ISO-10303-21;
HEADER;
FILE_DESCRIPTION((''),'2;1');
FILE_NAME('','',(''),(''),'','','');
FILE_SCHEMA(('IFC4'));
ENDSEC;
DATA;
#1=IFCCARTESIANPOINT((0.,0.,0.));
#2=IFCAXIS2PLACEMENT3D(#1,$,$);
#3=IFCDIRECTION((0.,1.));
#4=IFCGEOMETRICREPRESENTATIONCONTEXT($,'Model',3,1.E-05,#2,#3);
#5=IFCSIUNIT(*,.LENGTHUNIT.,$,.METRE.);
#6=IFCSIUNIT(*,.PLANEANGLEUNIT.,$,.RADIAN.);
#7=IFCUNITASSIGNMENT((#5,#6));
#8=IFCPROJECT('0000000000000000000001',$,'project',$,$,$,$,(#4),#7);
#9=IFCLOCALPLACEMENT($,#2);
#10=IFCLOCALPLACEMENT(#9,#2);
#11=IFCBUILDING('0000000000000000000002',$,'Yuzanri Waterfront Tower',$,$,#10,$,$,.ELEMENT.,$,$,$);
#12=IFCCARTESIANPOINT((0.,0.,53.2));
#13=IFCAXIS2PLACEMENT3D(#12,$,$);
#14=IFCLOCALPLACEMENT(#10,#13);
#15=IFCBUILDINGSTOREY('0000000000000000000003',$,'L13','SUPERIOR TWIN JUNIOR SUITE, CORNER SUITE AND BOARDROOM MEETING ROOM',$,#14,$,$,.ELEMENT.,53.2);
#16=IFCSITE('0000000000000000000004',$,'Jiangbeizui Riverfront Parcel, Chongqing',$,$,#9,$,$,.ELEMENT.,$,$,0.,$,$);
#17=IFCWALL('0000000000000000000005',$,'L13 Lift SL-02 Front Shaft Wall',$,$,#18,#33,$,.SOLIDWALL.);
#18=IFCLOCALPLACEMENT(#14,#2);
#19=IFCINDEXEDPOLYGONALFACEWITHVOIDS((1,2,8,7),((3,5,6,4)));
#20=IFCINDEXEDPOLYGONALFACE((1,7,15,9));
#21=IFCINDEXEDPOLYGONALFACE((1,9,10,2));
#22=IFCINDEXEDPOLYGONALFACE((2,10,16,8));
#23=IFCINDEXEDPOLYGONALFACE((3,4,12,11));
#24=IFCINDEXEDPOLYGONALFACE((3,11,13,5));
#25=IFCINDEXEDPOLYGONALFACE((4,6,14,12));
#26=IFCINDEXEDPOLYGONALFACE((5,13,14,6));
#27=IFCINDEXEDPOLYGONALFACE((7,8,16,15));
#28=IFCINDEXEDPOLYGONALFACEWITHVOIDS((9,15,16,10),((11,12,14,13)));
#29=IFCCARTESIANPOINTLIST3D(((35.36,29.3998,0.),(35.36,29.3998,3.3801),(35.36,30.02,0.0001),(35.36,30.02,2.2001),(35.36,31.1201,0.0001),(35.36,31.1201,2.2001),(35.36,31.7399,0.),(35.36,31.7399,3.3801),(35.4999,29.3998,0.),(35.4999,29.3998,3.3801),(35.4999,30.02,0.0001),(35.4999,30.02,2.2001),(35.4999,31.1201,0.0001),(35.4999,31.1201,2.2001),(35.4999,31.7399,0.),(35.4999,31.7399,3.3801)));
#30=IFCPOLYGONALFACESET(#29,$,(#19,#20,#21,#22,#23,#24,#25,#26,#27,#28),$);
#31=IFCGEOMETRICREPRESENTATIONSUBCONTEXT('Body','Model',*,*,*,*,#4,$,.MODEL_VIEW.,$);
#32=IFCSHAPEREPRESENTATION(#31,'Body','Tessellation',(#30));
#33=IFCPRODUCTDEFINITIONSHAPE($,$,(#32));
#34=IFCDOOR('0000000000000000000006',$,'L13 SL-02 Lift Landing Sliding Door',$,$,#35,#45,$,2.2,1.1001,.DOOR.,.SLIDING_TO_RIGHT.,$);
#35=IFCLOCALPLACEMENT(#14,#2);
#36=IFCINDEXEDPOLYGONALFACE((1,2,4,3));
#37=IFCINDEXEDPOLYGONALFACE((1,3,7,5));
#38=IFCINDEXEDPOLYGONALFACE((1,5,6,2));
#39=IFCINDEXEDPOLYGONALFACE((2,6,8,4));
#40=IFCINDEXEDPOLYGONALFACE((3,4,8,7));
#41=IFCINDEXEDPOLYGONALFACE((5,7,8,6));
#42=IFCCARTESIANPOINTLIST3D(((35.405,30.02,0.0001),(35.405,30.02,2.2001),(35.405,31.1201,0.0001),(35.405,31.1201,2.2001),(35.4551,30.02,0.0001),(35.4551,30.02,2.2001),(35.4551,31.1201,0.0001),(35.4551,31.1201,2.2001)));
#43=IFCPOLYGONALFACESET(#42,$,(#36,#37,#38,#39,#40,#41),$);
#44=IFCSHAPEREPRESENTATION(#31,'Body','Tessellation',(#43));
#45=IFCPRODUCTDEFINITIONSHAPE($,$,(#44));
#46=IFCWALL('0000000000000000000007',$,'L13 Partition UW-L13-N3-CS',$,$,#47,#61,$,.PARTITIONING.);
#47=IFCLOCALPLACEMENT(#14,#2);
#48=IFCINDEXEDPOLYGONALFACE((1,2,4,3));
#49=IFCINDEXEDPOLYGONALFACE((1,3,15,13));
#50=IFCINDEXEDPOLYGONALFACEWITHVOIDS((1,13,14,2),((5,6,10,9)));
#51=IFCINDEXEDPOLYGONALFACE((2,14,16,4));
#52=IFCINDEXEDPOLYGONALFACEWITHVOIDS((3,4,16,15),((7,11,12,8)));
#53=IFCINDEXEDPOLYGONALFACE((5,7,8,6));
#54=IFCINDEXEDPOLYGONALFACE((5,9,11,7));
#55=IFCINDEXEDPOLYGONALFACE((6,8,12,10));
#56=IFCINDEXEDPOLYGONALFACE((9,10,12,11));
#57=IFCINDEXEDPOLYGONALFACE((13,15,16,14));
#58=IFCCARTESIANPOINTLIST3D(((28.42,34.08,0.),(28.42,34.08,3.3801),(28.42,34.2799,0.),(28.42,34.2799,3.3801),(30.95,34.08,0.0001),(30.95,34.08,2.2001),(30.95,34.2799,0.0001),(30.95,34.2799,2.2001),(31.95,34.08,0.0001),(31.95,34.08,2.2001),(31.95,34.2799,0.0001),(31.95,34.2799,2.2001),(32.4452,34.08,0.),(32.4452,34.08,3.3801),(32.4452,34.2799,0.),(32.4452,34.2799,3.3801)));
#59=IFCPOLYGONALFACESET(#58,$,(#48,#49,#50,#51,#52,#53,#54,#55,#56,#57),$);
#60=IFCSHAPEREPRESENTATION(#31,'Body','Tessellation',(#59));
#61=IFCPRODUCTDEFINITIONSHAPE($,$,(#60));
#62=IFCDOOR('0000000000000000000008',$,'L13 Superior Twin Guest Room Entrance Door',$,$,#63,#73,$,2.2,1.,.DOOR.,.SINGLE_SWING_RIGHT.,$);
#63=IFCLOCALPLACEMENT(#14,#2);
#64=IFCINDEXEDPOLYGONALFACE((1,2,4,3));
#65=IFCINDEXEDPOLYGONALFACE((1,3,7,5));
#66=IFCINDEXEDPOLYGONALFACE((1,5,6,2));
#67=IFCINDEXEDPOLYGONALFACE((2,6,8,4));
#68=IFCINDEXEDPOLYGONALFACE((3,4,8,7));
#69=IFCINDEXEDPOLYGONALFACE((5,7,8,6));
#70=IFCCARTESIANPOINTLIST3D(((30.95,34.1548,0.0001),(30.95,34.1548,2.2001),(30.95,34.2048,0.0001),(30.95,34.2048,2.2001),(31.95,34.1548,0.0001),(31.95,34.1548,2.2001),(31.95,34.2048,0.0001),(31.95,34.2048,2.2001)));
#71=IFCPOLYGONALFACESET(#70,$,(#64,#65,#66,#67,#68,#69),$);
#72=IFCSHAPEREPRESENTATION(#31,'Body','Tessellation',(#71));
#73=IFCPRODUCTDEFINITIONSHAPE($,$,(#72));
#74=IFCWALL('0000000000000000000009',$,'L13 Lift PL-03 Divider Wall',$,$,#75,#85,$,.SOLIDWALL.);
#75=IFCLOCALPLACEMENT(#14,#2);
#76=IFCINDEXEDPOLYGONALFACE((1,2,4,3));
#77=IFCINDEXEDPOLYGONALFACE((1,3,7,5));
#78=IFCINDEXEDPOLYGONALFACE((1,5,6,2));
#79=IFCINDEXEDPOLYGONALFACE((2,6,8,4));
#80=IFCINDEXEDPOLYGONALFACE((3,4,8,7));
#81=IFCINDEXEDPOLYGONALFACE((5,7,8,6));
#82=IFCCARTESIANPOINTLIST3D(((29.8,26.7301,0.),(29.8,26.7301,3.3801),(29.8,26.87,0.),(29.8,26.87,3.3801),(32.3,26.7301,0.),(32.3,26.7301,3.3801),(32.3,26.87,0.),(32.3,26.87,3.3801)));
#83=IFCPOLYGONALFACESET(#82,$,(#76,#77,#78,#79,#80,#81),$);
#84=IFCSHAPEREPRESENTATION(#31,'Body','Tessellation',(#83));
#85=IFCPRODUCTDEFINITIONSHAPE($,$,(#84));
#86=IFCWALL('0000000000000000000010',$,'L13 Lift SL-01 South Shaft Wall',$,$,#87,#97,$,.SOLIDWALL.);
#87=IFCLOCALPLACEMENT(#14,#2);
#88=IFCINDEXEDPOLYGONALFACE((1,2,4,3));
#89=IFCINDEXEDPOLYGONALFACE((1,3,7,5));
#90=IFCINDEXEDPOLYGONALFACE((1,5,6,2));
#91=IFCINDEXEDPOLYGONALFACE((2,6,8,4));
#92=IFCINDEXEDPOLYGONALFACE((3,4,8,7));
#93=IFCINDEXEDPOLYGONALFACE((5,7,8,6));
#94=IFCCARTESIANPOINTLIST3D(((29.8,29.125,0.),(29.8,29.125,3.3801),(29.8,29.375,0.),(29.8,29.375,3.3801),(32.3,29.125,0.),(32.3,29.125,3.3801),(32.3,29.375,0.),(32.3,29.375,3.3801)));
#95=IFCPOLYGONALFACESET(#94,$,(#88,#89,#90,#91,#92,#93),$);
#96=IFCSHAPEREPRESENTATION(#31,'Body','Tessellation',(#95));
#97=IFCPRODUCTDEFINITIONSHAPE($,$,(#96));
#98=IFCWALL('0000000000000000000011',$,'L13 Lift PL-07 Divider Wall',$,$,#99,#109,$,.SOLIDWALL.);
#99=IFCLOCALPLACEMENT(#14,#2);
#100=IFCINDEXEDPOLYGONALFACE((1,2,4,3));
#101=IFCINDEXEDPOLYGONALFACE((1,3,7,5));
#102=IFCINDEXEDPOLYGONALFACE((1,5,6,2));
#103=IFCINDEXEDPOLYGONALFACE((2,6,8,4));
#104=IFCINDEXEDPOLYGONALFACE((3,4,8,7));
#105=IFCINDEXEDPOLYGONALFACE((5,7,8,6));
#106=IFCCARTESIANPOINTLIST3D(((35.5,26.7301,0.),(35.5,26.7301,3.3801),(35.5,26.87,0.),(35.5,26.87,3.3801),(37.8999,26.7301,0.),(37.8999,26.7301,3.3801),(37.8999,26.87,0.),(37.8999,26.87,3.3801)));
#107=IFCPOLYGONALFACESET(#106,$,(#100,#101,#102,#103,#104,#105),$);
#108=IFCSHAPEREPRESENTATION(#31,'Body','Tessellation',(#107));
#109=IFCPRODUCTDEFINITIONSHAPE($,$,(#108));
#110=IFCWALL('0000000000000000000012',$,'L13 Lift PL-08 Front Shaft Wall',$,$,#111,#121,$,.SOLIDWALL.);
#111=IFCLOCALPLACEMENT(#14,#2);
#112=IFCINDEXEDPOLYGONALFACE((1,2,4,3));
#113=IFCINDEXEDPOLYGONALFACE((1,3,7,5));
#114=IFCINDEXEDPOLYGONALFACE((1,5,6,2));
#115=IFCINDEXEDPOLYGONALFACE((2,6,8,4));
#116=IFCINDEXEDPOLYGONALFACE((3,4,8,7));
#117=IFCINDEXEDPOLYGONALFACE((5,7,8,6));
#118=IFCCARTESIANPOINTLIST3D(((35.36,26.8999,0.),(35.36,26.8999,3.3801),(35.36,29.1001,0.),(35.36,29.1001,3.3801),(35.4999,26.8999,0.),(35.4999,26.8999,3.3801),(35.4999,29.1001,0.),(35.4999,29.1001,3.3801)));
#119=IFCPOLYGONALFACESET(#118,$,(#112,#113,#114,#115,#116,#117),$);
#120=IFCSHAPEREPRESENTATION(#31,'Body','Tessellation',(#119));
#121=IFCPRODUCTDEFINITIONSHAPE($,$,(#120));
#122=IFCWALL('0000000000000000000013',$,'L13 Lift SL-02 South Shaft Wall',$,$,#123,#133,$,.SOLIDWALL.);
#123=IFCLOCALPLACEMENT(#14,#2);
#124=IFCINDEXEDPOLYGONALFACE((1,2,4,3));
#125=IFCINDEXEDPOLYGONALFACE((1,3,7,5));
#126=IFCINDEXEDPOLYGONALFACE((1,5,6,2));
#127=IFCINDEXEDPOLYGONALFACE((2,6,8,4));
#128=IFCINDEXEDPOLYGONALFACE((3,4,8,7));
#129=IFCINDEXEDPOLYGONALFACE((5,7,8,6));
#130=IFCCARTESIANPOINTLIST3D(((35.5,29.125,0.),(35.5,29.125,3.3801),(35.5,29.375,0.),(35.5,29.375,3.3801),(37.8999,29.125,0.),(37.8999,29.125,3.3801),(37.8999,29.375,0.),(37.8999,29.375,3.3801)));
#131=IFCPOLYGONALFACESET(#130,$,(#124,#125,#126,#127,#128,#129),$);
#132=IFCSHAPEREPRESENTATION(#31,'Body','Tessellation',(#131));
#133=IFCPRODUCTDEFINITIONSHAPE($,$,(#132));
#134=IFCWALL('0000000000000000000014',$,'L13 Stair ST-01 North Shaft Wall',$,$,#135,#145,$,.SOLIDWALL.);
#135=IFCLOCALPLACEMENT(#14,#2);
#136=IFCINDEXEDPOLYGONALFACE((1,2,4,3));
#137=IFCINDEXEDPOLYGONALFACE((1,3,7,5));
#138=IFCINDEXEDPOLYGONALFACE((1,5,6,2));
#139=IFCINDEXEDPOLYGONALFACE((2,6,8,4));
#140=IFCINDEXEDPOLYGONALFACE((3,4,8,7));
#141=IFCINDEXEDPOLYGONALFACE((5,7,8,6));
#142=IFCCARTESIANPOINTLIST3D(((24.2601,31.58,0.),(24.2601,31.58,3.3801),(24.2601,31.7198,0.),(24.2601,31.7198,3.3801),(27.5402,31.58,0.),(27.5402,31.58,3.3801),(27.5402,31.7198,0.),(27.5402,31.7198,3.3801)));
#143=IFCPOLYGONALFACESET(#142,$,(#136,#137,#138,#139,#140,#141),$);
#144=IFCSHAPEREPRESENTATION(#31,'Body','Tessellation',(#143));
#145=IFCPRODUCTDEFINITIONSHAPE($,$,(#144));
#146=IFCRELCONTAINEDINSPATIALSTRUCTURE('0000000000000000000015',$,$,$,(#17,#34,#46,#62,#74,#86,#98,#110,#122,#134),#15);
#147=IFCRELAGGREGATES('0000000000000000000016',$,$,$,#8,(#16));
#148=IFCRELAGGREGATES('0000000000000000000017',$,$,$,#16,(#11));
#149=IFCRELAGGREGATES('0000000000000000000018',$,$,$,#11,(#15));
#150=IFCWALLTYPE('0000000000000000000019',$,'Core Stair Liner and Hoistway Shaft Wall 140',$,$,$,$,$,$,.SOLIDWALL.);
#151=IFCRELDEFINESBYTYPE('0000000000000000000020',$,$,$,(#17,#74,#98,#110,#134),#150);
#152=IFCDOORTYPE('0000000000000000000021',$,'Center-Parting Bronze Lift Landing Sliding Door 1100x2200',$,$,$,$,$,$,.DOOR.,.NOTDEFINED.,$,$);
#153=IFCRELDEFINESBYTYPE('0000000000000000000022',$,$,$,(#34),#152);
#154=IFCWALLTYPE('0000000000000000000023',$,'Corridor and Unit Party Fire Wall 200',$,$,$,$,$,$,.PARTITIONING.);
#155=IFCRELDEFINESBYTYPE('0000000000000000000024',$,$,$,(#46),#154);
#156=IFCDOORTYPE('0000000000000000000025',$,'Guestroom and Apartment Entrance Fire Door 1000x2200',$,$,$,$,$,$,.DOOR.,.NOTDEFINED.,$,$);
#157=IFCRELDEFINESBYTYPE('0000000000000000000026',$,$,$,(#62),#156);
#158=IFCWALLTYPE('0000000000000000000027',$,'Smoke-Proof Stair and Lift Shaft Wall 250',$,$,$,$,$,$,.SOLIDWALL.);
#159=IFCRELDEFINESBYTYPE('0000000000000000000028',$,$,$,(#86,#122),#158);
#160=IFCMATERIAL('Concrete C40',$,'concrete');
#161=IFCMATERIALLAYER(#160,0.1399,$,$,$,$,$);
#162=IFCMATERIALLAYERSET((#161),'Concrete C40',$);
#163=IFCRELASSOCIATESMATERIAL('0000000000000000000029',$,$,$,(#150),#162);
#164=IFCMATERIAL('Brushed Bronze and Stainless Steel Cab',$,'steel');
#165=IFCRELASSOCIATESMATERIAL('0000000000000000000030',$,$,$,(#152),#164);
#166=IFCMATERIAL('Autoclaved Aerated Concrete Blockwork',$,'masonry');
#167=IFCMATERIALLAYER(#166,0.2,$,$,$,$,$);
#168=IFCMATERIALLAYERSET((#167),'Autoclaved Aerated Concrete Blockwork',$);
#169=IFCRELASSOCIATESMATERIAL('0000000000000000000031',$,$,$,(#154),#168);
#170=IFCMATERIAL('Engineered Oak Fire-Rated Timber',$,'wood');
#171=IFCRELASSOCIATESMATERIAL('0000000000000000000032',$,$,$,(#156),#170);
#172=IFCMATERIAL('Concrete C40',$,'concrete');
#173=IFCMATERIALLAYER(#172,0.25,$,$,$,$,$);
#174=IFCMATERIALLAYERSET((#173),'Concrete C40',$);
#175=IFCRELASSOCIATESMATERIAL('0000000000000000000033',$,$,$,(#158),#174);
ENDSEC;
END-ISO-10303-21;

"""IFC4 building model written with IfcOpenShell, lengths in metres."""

from ifc_helpers import new_model, si_unit, direction, frame, frame_2d, origin, place, context, subcontext, project, spatial, rectangle, extrude, source, transform, mapped, material, layer, layer_set, type_object, element, fill, save


model = new_model("IFC4")

# Units and contexts
model_context = context("Model", 3, precision=1e-05, world=origin(), true_north=direction((0.0, 1.0)))
body_context = subcontext(model_context, "Body", "Model", "MODEL_VIEW")
ifc_project = project(units=[si_unit("LENGTHUNIT", "METRE"), si_unit("PLANEANGLEUNIT", "RADIAN")], contexts=[model_context])

# Site, building, storey
site_placement = place(None, origin())
site = spatial("IfcSite", under=ifc_project, at=site_placement, Name="Jiangbeizui Riverfront Parcel, Chongqing", CompositionType="ELEMENT", RefElevation=0.0)
building_placement = place(site_placement, origin())
building = spatial("IfcBuilding", under=site, at=building_placement, Name="Yuzanri Waterfront Tower", CompositionType="ELEMENT")
storey_placement = place(building_placement, frame((0.0, 0.0, 53.2)))
storey = spatial("IfcBuildingStorey", under=building, at=storey_placement, Name="L13", Description="SUPERIOR TWIN JUNIOR SUITE, CORNER SUITE AND BOARDROOM MEETING ROOM", CompositionType="ELEMENT", Elevation=53.2)

# Walls, openings, doors
ifc_material_1 = material(Name="Concrete C40", Category="concrete")
ifc_layer_1 = layer(ifc_material_1, 0.1399)
ifc_layer_set_1 = layer_set([ifc_layer_1], Name="Concrete C40")
wall_type_1 = type_object("IfcWallType", Name="Core Stair Liner and Hoistway Shaft Wall 140", PredefinedType="SOLIDWALL", material=ifc_layer_set_1)
ifc_material_2 = material(Name="Brushed Bronze and Stainless Steel Cab", Category="steel")
door_type_1 = type_object("IfcDoorType", Name="Center-Parting Bronze Lift Landing Sliding Door 1100x2200", OperationType="NOTDEFINED", PredefinedType="DOOR", material=ifc_material_2)
shared_shape_1 = source(origin(), body_context, "Body", "SweptSolid", [
    extrude(rectangle(XDim=1.1001, YDim=2.2, at=frame_2d((0.55, 1.1001))), frame((0.0, 0.0249, 0.0), z_axis=(0.0, -1.0, 0.0), x_axis=(1.0, 0.0, 0.0)), (0.0, 0.0, 1.0), 0.05),
])
wall_1_placement = place(storey_placement, frame((35.4299, 29.3999, 0.0), z_axis=(0.0, 0.0, 1.0), x_axis=(0.0, 1.0, 0.0)))
wall_1 = element("IfcWall", 1, at=wall_1_placement, inside=storey, type_object=wall_type_1, Name="L13 Lift SL-02 Front Shaft Wall", PredefinedType="SOLIDWALL", context=body_context, shape_type="SweptSolid", body=[
    extrude(rectangle(XDim=2.3401, YDim=0.1399, at=frame_2d((1.1699, 0.0))), origin(), (0.0, 0.0, 1.0), 3.3801),
])
opening_1_placement = place(wall_1_placement, frame((0.6201, 0.0, 0.0)))
opening_1 = element("IfcOpeningElement", 2, at=opening_1_placement, cuts=wall_1, PredefinedType="OPENING", context=body_context, shape_type="SweptSolid", body=[
    extrude(rectangle(XDim=1.1001, YDim=2.2, at=frame_2d((0.55, 1.1001))), frame((0.0, 0.085, 0.0), z_axis=(0.0, -1.0, 0.0), x_axis=(1.0, 0.0, 0.0)), (0.0, 0.0, 1.0), 0.1697),
])
door_1_placement = place(opening_1_placement, origin())
door_1 = element("IfcDoor", 3, at=door_1_placement, inside=storey, type_object=door_type_1, Name="L13 SL-02 Lift Landing Sliding Door", OperationType="SLIDING_TO_RIGHT", OverallHeight=2.2, OverallWidth=1.1001, PredefinedType="DOOR", context=body_context, shape_type="MappedRepresentation", body=[
    mapped(shared_shape_1, transform((0.0, 0.0, 0.0), scale=1.0)),
])
fill(opening_1, door_1)
ifc_material_3 = material(Name="Autoclaved Aerated Concrete Blockwork", Category="masonry")
ifc_layer_2 = layer(ifc_material_3, 0.2)
ifc_layer_set_2 = layer_set([ifc_layer_2], Name="Autoclaved Aerated Concrete Blockwork")
wall_type_2 = type_object("IfcWallType", Name="Corridor and Unit Party Fire Wall 200", PredefinedType="PARTITIONING", material=ifc_layer_set_2)
wall_2_placement = place(storey_placement, frame((28.4199, 34.1799, 0.0), z_axis=(0.0, 0.0, 1.0), x_axis=(1.0, 0.0, 0.0)))
wall_2 = element("IfcWall", 4, at=wall_2_placement, inside=storey, type_object=wall_type_2, Name="L13 Partition UW-L13-N3-CS", PredefinedType="PARTITIONING", context=body_context, shape_type="SweptSolid", body=[
    extrude(rectangle(XDim=4.0251, YDim=0.2, at=frame_2d((2.0127, 0.0))), origin(), (0.0, 0.0, 1.0), 3.3801),
])
opening_2_placement = place(wall_2_placement, frame((2.53, 0.0, 0.0)))
opening_2 = element("IfcOpeningElement", 5, at=opening_2_placement, cuts=wall_2, PredefinedType="OPENING", context=body_context, shape_type="SweptSolid", body=[
    extrude(rectangle(XDim=1.0, YDim=2.2, at=frame_2d((0.5, 1.1001))), frame((0.0, 0.1147, 0.0), z_axis=(0.0, -1.0, 0.0), x_axis=(1.0, 0.0, 0.0)), (0.0, 0.0, 1.0), 0.2297),
])
ifc_material_4 = material(Name="Engineered Oak Fire-Rated Timber", Category="wood")
door_type_2 = type_object("IfcDoorType", Name="Guestroom and Apartment Entrance Fire Door 1000x2200", OperationType="NOTDEFINED", PredefinedType="DOOR", material=ifc_material_4)
shared_shape_2 = source(origin(), body_context, "Body", "SweptSolid", [
    extrude(rectangle(XDim=1.0, YDim=2.2, at=frame_2d((0.5, 1.1001))), frame((0.0, 0.0249, 0.0), z_axis=(0.0, -1.0, 0.0), x_axis=(1.0, 0.0, 0.0)), (0.0, 0.0, 1.0), 0.05),
])
door_2_placement = place(opening_2_placement, origin())
door_2 = element("IfcDoor", 6, at=door_2_placement, inside=storey, type_object=door_type_2, Name="L13 Superior Twin Guest Room Entrance Door", OperationType="SINGLE_SWING_RIGHT", OverallHeight=2.2, OverallWidth=1.0, PredefinedType="DOOR", context=body_context, shape_type="MappedRepresentation", body=[
    mapped(shared_shape_2, transform((0.0, 0.0, 0.0), scale=1.0)),
])
fill(opening_2, door_2)

# Walls
shared_shape_3 = source(origin(), body_context, "Body", "SweptSolid", [
    extrude(rectangle(XDim=2.5, YDim=0.1399, at=frame_2d((1.25, 0.0))), origin(), (0.0, 0.0, 1.0), 3.3801),
])
wall_3_placement = place(storey_placement, frame((29.8, 26.8, 0.0), z_axis=(0.0, 0.0, 1.0), x_axis=(1.0, 0.0, 0.0)))
element("IfcWall", 7, at=wall_3_placement, inside=storey, type_object=wall_type_1, Name="L13 Lift PL-03 Divider Wall", PredefinedType="SOLIDWALL", context=body_context, shape_type="MappedRepresentation", body=[
    mapped(shared_shape_3, transform((0.0, 0.0, 0.0), scale=1.0)),
])
ifc_material_5 = material(Name="Concrete C40", Category="concrete")
ifc_layer_3 = layer(ifc_material_5, 0.25)
ifc_layer_set_3 = layer_set([ifc_layer_3], Name="Concrete C40")
wall_type_3 = type_object("IfcWallType", Name="Smoke-Proof Stair and Lift Shaft Wall 250", PredefinedType="SOLIDWALL", material=ifc_layer_set_3)
shared_shape_4 = source(origin(), body_context, "Body", "SweptSolid", [
    extrude(rectangle(XDim=2.5, YDim=0.25, at=frame_2d((1.25, 0.0))), origin(), (0.0, 0.0, 1.0), 3.3801),
])
wall_4_placement = place(storey_placement, frame((29.8, 29.25, 0.0), z_axis=(0.0, 0.0, 1.0), x_axis=(1.0, 0.0, 0.0)))
element("IfcWall", 8, at=wall_4_placement, inside=storey, type_object=wall_type_3, Name="L13 Lift SL-01 South Shaft Wall", PredefinedType="SOLIDWALL", context=body_context, shape_type="MappedRepresentation", body=[
    mapped(shared_shape_4, transform((0.0, 0.0, 0.0), scale=1.0)),
])
shared_shape_5 = source(origin(), body_context, "Body", "SweptSolid", [
    extrude(rectangle(XDim=2.3999, YDim=0.1399, at=frame_2d((1.2, 0.0))), origin(), (0.0, 0.0, 1.0), 3.3801),
])
wall_5_placement = place(storey_placement, frame((35.5, 26.8, 0.0), z_axis=(0.0, 0.0, 1.0), x_axis=(1.0, 0.0, 0.0)))
element("IfcWall", 9, at=wall_5_placement, inside=storey, type_object=wall_type_1, Name="L13 Lift PL-07 Divider Wall", PredefinedType="SOLIDWALL", context=body_context, shape_type="MappedRepresentation", body=[
    mapped(shared_shape_5, transform((0.0, 0.0, 0.0), scale=1.0)),
])
shared_shape_6 = source(origin(), body_context, "Body", "SweptSolid", [
    extrude(rectangle(XDim=2.2002, YDim=0.1399, at=frame_2d((1.1001, 0.0))), origin(), (0.0, 0.0, 1.0), 3.3801),
])
wall_6_placement = place(storey_placement, frame((35.4299, 26.8999, 0.0), z_axis=(0.0, 0.0, 1.0), x_axis=(0.0, 1.0, 0.0)))
element("IfcWall", 10, at=wall_6_placement, inside=storey, type_object=wall_type_1, Name="L13 Lift PL-08 Front Shaft Wall", PredefinedType="SOLIDWALL", context=body_context, shape_type="MappedRepresentation", body=[
    mapped(shared_shape_6, transform((0.0, 0.0, 0.0), scale=1.0)),
])
shared_shape_7 = source(origin(), body_context, "Body", "SweptSolid", [
    extrude(rectangle(XDim=2.3999, YDim=0.25, at=frame_2d((1.2, 0.0))), origin(), (0.0, 0.0, 1.0), 3.3801),
])
wall_7_placement = place(storey_placement, frame((35.5, 29.25, 0.0), z_axis=(0.0, 0.0, 1.0), x_axis=(1.0, 0.0, 0.0)))
element("IfcWall", 11, at=wall_7_placement, inside=storey, type_object=wall_type_3, Name="L13 Lift SL-02 South Shaft Wall", PredefinedType="SOLIDWALL", context=body_context, shape_type="MappedRepresentation", body=[
    mapped(shared_shape_7, transform((0.0, 0.0, 0.0), scale=1.0)),
])
shared_shape_8 = source(origin(), body_context, "Body", "SweptSolid", [
    extrude(rectangle(XDim=3.28, YDim=0.1399, at=frame_2d((1.6401, 0.0))), origin(), (0.0, 0.0, 1.0), 3.3801),
])
wall_8_placement = place(storey_placement, frame((24.26, 31.6499, 0.0), z_axis=(0.0, 0.0, 1.0), x_axis=(1.0, 0.0, 0.0)))
element("IfcWall", 12, at=wall_8_placement, inside=storey, type_object=wall_type_1, Name="L13 Stair ST-01 North Shaft Wall", PredefinedType="SOLIDWALL", context=body_context, shape_type="MappedRepresentation", body=[
    mapped(shared_shape_8, transform((0.0, 0.0, 0.0), scale=1.0)),
])

save(model, "model.ifc")
